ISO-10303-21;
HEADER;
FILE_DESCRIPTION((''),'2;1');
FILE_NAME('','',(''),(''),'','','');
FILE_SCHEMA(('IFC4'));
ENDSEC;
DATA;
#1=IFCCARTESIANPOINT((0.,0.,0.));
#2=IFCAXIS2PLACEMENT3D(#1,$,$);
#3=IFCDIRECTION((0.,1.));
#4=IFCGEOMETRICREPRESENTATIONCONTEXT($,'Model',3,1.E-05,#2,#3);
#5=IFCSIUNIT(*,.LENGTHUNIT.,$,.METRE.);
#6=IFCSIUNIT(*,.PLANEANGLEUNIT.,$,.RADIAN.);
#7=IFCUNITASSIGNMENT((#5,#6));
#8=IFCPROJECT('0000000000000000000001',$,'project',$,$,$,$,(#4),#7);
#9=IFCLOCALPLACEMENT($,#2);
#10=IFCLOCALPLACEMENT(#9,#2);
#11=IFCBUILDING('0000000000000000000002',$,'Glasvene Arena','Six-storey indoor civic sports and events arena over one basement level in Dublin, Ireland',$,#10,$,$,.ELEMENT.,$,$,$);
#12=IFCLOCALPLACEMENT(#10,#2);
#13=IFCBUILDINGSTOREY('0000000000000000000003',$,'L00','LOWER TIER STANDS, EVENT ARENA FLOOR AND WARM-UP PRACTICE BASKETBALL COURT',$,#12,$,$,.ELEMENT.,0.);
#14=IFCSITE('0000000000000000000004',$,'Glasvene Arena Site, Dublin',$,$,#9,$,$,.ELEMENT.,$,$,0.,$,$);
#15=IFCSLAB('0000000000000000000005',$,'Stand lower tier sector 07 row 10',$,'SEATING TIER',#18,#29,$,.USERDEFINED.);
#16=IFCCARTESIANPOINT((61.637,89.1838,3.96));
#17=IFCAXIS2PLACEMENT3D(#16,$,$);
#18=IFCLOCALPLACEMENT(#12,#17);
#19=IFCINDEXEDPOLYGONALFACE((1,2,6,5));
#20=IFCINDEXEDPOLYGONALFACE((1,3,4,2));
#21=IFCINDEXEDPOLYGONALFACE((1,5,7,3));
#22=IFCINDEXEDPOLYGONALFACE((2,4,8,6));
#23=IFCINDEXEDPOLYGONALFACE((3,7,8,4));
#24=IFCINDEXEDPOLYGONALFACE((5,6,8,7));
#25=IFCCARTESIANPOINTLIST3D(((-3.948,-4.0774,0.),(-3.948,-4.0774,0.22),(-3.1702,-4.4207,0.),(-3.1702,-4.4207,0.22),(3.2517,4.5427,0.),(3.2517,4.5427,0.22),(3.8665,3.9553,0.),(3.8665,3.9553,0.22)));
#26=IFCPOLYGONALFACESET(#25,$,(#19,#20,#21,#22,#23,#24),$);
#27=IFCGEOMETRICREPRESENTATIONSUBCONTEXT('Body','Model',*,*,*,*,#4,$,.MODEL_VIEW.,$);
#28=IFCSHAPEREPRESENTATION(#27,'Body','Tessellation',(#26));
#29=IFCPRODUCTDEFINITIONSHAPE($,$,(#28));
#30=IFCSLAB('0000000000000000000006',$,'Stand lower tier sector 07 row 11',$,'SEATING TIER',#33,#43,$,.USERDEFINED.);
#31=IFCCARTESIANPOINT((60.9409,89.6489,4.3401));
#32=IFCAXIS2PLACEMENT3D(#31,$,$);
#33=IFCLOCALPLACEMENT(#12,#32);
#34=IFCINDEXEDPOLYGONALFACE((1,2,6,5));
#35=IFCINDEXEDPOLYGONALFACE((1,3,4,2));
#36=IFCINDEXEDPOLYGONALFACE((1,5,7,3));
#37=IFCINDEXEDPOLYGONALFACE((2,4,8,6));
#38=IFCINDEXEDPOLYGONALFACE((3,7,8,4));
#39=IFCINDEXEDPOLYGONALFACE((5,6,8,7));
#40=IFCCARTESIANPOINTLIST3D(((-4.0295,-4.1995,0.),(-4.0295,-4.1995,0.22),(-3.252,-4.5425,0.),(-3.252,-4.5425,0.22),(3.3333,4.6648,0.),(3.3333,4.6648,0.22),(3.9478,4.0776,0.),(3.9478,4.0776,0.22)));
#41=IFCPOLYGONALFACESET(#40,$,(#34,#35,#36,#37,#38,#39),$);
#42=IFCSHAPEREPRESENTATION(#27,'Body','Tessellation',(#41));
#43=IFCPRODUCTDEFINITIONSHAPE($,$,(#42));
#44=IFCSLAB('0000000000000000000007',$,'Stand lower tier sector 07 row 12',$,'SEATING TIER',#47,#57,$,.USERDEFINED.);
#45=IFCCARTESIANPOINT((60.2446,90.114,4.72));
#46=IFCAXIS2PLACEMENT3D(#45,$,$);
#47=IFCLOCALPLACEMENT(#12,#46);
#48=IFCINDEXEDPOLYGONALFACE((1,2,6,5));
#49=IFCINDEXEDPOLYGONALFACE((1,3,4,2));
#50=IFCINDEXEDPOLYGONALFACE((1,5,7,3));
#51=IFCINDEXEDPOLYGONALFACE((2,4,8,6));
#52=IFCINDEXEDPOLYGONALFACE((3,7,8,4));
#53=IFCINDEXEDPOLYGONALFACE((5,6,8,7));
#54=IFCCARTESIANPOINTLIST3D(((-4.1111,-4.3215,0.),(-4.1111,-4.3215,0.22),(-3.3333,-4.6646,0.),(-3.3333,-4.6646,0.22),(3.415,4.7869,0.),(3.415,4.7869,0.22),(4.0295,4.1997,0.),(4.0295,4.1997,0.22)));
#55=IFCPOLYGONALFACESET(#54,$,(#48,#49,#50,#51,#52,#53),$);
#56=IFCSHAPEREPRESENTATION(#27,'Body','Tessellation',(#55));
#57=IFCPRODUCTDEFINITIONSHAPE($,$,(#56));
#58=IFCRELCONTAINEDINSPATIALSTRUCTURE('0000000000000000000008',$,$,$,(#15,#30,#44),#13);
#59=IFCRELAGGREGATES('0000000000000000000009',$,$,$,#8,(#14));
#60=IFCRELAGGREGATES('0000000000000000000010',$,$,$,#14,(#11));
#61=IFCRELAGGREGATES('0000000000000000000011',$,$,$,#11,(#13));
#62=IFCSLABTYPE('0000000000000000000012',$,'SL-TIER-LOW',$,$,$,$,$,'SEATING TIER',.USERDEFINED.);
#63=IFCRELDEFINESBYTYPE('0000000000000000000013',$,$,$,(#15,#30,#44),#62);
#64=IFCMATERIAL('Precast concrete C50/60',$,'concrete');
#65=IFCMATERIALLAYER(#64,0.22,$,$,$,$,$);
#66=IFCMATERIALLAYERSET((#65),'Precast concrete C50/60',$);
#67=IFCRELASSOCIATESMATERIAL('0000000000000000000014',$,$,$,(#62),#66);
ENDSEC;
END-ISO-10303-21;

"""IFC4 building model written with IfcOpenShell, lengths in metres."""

from ifc_helpers import new_model, si_unit, direction, frame, origin, place, context, subcontext, project, spatial, polyline, outline, extrude, material, layer, layer_set, type_object, element, save


model = new_model("IFC4")

# Units and contexts
model_context = context("Model", 3, precision=1e-05, world=origin(), true_north=direction((0.0, 1.0)))
body_context = subcontext(model_context, "Body", "Model", "MODEL_VIEW")
ifc_project = project(units=[si_unit("LENGTHUNIT", "METRE"), si_unit("PLANEANGLEUNIT", "RADIAN")], contexts=[model_context])

# Site, building, storey
site_placement = place(None, origin())
site = spatial("IfcSite", under=ifc_project, at=site_placement, Name="Glasvene Arena Site, Dublin", CompositionType="ELEMENT", RefElevation=0.0)
building_placement = place(site_placement, origin())
building = spatial("IfcBuilding", under=site, at=building_placement, Name="Glasvene Arena", Description="Six-storey indoor civic sports and events arena over one basement level in Dublin, Ireland", CompositionType="ELEMENT")
storey_placement = place(building_placement, origin())
storey = spatial("IfcBuildingStorey", under=building, at=storey_placement, Name="L00", Description="LOWER TIER STANDS, EVENT ARENA FLOOR AND WARM-UP PRACTICE BASKETBALL COURT", CompositionType="ELEMENT", Elevation=0.0)

# Slabs
ifc_material_1 = material(Name="Precast concrete C50/60", Category="concrete")
ifc_layer_1 = layer(ifc_material_1, 0.22)
ifc_layer_set_1 = layer_set([ifc_layer_1], Name="Precast concrete C50/60")
slab_type = type_object("IfcSlabType", Name="SL-TIER-LOW", ElementType="SEATING TIER", PredefinedType="USERDEFINED", material=ifc_layer_set_1)
slab_1_placement = place(storey_placement, frame((61.637, 89.1838, 3.96)))
element("IfcSlab", 1, at=slab_1_placement, inside=storey, type_object=slab_type, Name="Stand lower tier sector 07 row 10", ObjectType="SEATING TIER", PredefinedType="USERDEFINED", context=body_context, shape_type="SweptSolid", body=[
    extrude(outline(polyline([(3.8665, 3.9553), (-3.1702, -4.4207), (-3.948, -4.0774), (3.2517, 4.5427), (3.8665, 3.9553)])), origin(), (0.0, 0.0, 1.0), 0.22),
])
slab_2_placement = place(storey_placement, frame((60.9409, 89.6489, 4.3401)))
element("IfcSlab", 2, at=slab_2_placement, inside=storey, type_object=slab_type, Name="Stand lower tier sector 07 row 11", ObjectType="SEATING TIER", PredefinedType="USERDEFINED", context=body_context, shape_type="SweptSolid", body=[
    extrude(outline(polyline([(3.9478, 4.0776), (-3.252, -4.5425), (-4.0295, -4.1995), (3.3333, 4.6648), (3.9478, 4.0776)])), origin(), (0.0, 0.0, 1.0), 0.22),
])
slab_3_placement = place(storey_placement, frame((60.2446, 90.114, 4.72)))
element("IfcSlab", 3, at=slab_3_placement, inside=storey, type_object=slab_type, Name="Stand lower tier sector 07 row 12", ObjectType="SEATING TIER", PredefinedType="USERDEFINED", context=body_context, shape_type="SweptSolid", body=[
    extrude(outline(polyline([(4.0295, 4.1997), (-3.3333, -4.6646), (-4.1111, -4.3215), (3.415, 4.7869), (4.0295, 4.1997)])), origin(), (0.0, 0.0, 1.0), 0.22),
])

save(model, "model.ifc")
